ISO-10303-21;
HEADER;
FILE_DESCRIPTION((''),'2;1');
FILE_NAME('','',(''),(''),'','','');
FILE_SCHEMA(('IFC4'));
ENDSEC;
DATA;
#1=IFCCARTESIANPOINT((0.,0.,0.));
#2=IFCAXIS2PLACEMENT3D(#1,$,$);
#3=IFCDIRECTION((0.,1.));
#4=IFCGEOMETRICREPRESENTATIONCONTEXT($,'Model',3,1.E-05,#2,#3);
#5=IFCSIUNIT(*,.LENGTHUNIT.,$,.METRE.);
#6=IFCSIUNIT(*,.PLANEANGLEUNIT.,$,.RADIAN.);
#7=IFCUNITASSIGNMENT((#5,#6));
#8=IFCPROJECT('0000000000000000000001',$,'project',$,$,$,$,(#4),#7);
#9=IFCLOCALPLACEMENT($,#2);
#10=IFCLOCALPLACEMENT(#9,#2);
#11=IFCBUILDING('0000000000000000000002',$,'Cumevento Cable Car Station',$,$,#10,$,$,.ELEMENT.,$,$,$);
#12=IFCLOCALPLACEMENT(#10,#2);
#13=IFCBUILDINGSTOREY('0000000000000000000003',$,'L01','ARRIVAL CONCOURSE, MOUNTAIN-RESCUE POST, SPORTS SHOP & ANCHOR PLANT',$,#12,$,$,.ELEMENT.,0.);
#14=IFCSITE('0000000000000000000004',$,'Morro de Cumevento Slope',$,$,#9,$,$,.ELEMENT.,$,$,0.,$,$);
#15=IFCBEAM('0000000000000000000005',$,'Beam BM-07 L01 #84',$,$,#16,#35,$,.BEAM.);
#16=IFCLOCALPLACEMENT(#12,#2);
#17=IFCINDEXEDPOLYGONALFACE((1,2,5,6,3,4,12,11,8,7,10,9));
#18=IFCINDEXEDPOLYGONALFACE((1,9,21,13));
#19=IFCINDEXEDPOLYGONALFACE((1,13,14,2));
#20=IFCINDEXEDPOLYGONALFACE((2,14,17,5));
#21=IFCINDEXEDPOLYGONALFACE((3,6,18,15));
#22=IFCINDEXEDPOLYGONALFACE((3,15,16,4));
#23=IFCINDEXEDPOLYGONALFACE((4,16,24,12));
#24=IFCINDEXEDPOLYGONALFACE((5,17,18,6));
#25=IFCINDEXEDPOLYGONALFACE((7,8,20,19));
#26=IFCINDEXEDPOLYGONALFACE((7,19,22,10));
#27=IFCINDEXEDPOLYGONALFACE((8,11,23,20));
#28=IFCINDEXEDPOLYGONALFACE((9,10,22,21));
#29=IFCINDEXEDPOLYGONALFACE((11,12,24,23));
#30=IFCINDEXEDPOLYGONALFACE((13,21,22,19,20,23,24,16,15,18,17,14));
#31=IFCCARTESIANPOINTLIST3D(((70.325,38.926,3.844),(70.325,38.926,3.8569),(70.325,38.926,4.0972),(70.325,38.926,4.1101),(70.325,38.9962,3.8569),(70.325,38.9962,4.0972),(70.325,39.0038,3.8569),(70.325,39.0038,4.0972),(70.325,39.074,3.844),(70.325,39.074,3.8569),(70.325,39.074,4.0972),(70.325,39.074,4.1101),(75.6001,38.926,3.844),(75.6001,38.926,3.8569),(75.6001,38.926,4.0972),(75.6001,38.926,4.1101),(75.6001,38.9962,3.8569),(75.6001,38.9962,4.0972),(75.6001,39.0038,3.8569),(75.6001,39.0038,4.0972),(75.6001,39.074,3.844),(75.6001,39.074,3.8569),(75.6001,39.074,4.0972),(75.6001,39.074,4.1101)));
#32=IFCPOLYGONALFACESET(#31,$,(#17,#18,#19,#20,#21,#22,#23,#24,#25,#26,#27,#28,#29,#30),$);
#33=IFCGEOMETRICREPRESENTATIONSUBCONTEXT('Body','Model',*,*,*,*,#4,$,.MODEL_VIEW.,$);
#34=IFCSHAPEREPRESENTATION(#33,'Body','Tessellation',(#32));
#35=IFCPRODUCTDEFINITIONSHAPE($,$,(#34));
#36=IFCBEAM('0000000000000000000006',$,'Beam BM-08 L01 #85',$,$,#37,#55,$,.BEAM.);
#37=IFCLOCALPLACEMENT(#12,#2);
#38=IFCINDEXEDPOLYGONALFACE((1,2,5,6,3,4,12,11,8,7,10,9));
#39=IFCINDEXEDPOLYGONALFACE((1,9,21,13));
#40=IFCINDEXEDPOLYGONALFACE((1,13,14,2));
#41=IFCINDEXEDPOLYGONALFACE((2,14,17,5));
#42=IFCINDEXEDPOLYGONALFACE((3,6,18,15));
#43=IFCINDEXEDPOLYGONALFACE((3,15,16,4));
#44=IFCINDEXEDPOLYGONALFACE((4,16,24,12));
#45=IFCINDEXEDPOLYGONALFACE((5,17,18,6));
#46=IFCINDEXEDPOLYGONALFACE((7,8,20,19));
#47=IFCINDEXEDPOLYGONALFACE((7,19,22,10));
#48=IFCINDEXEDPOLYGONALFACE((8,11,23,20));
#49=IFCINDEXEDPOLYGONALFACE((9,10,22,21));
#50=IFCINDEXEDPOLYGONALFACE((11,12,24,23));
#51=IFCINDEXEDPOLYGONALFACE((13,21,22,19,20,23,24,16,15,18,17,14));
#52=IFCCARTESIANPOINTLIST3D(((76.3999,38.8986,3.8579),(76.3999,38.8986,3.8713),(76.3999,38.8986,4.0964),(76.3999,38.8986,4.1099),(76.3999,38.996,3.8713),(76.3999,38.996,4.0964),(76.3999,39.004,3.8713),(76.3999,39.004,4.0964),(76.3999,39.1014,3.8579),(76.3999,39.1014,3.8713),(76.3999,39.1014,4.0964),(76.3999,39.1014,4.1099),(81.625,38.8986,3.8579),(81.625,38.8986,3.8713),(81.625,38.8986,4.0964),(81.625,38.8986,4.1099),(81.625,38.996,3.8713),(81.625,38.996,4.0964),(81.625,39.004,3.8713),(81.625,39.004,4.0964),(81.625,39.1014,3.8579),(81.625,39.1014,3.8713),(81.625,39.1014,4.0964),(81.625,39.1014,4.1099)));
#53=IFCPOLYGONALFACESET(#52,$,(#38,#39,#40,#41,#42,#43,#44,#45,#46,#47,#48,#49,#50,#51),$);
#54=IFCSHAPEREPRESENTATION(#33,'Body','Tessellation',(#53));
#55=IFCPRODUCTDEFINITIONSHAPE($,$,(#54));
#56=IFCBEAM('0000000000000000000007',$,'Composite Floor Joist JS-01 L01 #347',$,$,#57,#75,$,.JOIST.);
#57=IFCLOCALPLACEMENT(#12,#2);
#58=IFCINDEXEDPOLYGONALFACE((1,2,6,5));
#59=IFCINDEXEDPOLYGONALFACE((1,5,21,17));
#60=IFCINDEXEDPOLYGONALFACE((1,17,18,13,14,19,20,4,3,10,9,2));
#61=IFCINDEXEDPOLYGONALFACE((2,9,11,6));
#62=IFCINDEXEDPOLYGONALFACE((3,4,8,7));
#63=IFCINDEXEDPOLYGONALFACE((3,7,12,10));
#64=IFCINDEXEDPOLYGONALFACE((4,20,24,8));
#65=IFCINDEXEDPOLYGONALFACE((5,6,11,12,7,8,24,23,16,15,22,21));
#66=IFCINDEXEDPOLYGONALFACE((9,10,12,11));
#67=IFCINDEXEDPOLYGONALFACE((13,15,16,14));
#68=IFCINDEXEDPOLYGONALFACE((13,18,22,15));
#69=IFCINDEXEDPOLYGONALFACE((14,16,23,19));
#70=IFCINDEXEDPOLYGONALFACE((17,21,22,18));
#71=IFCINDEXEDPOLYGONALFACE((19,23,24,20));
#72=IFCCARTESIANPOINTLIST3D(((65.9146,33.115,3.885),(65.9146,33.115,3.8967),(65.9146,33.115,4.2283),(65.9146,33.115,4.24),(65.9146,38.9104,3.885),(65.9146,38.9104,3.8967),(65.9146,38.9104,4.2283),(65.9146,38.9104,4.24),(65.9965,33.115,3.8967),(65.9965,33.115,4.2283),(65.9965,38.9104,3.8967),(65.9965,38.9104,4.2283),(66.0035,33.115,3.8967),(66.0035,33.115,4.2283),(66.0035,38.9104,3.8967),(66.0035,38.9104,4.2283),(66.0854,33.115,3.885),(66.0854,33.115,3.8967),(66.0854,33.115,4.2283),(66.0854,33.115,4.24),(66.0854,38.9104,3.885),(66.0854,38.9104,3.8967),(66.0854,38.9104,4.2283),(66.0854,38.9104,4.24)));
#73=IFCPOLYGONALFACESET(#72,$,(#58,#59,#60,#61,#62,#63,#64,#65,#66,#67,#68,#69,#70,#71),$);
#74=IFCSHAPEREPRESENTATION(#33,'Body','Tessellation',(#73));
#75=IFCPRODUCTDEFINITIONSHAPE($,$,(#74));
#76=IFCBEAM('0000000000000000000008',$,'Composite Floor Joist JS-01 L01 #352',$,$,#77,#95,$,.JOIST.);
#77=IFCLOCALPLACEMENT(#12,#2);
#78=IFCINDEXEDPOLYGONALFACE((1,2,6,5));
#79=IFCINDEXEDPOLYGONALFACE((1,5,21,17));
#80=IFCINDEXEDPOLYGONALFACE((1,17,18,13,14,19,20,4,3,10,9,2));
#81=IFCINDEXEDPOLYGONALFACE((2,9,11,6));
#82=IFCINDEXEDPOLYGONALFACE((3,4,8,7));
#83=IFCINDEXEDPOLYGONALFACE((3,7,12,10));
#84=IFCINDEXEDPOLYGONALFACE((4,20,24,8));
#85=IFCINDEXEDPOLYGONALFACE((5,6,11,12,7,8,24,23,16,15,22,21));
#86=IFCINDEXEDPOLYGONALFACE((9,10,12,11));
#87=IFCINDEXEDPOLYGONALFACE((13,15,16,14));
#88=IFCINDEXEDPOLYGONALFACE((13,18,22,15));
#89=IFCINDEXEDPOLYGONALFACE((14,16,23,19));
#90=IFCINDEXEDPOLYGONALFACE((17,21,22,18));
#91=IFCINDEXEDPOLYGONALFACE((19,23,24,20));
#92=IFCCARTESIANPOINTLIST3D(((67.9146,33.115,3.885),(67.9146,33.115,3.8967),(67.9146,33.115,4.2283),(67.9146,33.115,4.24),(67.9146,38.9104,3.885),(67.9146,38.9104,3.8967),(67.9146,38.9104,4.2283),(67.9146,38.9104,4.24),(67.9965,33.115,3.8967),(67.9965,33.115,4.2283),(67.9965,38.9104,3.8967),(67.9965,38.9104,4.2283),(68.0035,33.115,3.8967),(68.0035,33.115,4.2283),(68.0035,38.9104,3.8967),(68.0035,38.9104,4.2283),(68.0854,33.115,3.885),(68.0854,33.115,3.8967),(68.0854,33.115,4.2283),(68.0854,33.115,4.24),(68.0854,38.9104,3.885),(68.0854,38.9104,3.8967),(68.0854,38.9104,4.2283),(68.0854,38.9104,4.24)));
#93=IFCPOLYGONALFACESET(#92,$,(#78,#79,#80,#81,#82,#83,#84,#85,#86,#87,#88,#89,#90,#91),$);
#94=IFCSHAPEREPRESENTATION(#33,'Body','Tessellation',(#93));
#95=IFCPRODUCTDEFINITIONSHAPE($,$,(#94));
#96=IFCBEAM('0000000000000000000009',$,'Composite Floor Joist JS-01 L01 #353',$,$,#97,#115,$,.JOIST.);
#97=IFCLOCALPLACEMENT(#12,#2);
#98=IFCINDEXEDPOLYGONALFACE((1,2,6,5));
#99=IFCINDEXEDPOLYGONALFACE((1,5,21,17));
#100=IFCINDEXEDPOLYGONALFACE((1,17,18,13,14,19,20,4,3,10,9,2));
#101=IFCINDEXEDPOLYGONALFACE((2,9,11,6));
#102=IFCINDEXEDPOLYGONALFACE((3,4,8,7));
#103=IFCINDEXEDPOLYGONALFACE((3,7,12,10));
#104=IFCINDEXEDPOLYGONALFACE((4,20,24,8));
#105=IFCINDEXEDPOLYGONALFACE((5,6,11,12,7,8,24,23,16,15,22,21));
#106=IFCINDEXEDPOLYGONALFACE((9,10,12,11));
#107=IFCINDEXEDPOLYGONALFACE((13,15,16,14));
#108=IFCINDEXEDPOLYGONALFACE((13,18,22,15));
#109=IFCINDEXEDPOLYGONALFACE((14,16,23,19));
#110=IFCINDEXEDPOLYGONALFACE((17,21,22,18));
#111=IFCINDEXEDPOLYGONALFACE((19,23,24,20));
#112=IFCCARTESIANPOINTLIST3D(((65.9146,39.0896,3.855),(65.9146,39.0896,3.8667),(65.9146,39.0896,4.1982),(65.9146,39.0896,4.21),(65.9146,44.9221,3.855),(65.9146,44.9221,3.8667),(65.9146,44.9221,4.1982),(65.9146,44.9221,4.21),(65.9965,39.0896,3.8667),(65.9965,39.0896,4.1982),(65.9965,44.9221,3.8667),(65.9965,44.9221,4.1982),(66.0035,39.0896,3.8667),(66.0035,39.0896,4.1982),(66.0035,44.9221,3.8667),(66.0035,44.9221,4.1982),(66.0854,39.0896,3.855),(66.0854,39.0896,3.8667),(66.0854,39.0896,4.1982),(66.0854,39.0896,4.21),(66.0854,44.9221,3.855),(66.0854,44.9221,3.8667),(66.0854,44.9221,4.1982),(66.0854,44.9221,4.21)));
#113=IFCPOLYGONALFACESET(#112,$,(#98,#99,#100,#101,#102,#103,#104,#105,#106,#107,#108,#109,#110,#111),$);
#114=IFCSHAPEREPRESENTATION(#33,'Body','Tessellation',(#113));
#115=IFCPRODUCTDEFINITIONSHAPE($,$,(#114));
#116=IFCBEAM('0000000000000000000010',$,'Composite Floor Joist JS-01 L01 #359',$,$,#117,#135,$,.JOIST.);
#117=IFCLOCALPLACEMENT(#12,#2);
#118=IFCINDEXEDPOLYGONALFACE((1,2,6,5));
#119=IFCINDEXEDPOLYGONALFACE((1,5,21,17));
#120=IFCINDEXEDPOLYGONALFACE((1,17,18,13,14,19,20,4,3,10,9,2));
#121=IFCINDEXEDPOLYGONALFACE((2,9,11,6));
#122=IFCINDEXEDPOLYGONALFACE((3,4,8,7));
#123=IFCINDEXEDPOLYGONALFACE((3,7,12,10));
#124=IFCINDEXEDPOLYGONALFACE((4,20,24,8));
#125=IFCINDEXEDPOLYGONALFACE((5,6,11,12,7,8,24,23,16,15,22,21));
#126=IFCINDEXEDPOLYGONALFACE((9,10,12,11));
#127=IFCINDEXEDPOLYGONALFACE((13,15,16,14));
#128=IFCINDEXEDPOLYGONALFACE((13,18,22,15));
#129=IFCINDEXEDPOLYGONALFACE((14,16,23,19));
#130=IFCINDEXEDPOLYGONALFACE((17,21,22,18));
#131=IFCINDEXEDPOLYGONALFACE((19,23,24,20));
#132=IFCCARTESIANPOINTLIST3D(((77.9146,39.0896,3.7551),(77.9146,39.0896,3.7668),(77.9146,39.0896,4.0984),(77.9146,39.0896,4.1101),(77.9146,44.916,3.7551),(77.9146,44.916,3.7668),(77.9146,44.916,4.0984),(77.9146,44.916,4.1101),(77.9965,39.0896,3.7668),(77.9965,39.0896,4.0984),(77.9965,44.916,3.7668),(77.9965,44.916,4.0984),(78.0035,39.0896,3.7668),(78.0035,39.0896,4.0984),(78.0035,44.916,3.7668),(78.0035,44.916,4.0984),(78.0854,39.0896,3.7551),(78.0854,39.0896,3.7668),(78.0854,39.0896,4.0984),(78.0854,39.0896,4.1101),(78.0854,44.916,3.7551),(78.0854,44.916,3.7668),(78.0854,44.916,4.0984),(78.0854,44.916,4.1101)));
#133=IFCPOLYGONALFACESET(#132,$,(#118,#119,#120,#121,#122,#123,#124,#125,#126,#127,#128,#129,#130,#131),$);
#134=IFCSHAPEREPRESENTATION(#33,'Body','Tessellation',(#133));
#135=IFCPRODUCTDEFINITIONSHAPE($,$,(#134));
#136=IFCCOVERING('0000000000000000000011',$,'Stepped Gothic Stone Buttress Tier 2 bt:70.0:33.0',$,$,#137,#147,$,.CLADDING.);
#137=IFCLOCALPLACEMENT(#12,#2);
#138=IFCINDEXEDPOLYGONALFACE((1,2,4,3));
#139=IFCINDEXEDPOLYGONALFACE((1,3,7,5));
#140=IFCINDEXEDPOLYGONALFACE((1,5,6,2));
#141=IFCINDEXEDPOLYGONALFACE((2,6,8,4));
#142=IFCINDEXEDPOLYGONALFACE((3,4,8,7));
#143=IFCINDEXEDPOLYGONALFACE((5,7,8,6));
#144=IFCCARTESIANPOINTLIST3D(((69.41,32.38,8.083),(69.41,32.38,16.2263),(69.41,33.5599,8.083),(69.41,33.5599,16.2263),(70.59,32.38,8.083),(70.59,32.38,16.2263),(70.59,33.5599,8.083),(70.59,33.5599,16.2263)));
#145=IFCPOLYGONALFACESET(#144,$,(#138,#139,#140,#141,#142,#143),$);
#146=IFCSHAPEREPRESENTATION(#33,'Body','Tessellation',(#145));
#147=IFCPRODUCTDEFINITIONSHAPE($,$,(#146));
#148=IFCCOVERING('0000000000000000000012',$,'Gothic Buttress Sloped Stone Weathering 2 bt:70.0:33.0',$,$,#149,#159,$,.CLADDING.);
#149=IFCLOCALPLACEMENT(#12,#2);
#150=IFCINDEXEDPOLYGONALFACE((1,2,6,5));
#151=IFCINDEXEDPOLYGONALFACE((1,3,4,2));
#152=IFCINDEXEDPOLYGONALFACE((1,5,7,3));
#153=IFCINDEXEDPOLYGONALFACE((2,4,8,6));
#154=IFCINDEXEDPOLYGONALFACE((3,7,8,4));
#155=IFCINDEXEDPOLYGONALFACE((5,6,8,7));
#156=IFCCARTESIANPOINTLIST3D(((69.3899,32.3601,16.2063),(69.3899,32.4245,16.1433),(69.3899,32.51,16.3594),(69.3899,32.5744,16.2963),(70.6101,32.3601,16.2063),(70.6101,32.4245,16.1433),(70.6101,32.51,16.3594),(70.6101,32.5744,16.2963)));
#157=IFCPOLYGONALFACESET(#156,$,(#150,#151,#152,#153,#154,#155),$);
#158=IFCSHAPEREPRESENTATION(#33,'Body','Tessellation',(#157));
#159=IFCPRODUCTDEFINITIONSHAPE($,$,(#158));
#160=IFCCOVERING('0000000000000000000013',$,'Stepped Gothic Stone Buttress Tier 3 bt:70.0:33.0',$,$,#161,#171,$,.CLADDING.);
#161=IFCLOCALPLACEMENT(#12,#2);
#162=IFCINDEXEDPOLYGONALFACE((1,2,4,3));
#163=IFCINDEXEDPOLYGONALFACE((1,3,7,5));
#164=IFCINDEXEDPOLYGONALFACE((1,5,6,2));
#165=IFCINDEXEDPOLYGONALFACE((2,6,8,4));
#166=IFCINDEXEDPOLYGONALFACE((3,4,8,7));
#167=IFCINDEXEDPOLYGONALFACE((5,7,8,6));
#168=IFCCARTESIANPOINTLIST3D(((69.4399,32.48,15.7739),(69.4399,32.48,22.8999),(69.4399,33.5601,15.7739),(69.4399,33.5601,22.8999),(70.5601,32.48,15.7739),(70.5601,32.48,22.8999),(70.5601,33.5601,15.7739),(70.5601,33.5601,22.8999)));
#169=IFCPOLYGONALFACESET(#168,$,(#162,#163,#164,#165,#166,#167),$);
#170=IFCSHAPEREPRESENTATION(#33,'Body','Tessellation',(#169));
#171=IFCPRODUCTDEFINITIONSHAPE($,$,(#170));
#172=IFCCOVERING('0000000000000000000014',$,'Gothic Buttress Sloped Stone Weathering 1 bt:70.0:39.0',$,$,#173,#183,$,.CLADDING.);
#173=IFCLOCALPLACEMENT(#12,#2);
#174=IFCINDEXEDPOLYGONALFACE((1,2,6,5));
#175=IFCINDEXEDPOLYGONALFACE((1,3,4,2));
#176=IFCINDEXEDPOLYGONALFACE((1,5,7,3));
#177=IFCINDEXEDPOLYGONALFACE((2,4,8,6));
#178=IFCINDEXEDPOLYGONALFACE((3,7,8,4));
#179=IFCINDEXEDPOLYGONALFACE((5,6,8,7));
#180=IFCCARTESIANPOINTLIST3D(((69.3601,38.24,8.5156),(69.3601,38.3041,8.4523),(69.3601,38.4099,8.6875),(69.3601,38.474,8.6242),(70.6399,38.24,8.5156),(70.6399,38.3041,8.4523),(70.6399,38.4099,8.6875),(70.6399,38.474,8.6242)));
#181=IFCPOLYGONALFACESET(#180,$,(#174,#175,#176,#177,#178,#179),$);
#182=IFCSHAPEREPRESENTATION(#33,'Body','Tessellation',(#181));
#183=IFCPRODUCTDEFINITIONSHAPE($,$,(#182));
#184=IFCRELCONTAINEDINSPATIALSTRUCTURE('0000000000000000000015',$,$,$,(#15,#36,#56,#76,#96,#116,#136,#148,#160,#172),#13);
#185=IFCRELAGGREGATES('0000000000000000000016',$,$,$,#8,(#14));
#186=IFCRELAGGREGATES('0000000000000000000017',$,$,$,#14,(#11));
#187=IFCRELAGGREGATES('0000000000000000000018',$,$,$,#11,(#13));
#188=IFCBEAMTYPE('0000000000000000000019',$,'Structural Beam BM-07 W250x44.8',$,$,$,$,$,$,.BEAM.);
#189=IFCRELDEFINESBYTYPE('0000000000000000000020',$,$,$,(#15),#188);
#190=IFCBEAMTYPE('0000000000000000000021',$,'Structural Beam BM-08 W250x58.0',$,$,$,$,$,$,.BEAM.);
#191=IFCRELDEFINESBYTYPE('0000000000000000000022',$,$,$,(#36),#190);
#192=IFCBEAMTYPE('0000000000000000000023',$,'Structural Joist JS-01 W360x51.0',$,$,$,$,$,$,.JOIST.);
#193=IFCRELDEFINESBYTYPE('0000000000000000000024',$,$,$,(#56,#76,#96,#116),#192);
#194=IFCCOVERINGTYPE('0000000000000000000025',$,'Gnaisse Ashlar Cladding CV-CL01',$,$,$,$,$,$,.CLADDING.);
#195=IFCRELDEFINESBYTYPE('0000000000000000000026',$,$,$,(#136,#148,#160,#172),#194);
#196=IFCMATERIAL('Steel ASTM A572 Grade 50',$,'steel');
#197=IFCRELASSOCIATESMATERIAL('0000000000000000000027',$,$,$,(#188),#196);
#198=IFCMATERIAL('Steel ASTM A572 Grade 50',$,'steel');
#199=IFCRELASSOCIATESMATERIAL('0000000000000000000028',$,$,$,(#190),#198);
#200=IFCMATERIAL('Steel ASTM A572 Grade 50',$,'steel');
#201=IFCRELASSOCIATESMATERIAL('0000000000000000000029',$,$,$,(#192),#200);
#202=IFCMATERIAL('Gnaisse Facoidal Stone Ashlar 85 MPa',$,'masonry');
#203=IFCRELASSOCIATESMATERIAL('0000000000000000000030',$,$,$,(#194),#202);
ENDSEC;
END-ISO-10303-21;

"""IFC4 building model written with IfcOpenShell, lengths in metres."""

from ifc_helpers import new_model, si_unit, direction, frame, origin, origin_2d, place, context, subcontext, project, spatial, polyline, rectangle, i_section, outline, extrude, material, material_profile, profile_set, type_object, element, save


model = new_model("IFC4")

# Units and contexts
model_context = context("Model", 3, precision=1e-05, world=origin(), true_north=direction((0.0, 1.0)))
body_context = subcontext(model_context, "Body", "Model", "MODEL_VIEW")
ifc_project = project(units=[si_unit("LENGTHUNIT", "METRE"), si_unit("PLANEANGLEUNIT", "RADIAN")], contexts=[model_context])

# Site, building, storey
site_placement = place(None, origin())
site = spatial("IfcSite", under=ifc_project, at=site_placement, Name="Morro de Cumevento Slope", CompositionType="ELEMENT", RefElevation=0.0)
building_placement = place(site_placement, origin())
building = spatial("IfcBuilding", under=site, at=building_placement, Name="Cumevento Cable Car Station", CompositionType="ELEMENT")
storey_placement = place(building_placement, origin())
storey = spatial("IfcBuildingStorey", under=building, at=storey_placement, Name="L01", Description="ARRIVAL CONCOURSE, MOUNTAIN-RESCUE POST, SPORTS SHOP & ANCHOR PLANT", CompositionType="ELEMENT", Elevation=0.0)

# Beams
ifc_material_1 = material(Name="Steel ASTM A572 Grade 50", Category="steel")
ifc_material_profile_1 = material_profile(ifc_material_1, i_section(OverallWidth=0.1479, OverallDepth=0.2661, WebThickness=0.0076, FlangeThickness=0.0129, at=origin_2d()), Name="W250x44.8")
ifc_profile_set_1 = profile_set([ifc_material_profile_1], Name="Steel ASTM A572 Grade 50")
beam_type_1 = type_object("IfcBeamType", Name="Structural Beam BM-07 W250x44.8", PredefinedType="BEAM", material=ifc_profile_set_1)
beam_1_placement = place(storey_placement, frame((70.325, 39.0, 3.9771), z_axis=(1.0, 0.0, 0.0), x_axis=(0.0, 1.0, 0.0)))
element("IfcBeam", 1, at=beam_1_placement, inside=storey, type_object=beam_type_1, Name="Beam BM-07 L01 #84", PredefinedType="BEAM", context=body_context, shape_type="SweptSolid", body=[
    extrude(i_section(OverallWidth=0.1479, OverallDepth=0.2661, WebThickness=0.0076, FlangeThickness=0.0129, at=origin_2d()), origin(), (0.0, 0.0, 1.0), 5.2751),
])
ifc_material_2 = material(Name="Steel ASTM A572 Grade 50", Category="steel")
ifc_material_profile_2 = material_profile(ifc_material_2, i_section(OverallWidth=0.2029, OverallDepth=0.252, WebThickness=0.0081, FlangeThickness=0.0134, at=origin_2d()), Name="W250x58.0")
ifc_profile_set_2 = profile_set([ifc_material_profile_2], Name="Steel ASTM A572 Grade 50")
beam_type_2 = type_object("IfcBeamType", Name="Structural Beam BM-08 W250x58.0", PredefinedType="BEAM", material=ifc_profile_set_2)
beam_2_placement = place(storey_placement, frame((76.3999, 39.0, 3.9839), z_axis=(1.0, 0.0, 0.0), x_axis=(0.0, 1.0, 0.0)))
element("IfcBeam", 2, at=beam_2_placement, inside=storey, type_object=beam_type_2, Name="Beam BM-08 L01 #85", PredefinedType="BEAM", context=body_context, shape_type="SweptSolid", body=[
    extrude(i_section(OverallWidth=0.2029, OverallDepth=0.252, WebThickness=0.0081, FlangeThickness=0.0134, at=origin_2d()), origin(), (0.0, 0.0, 1.0), 5.2251),
])
ifc_material_3 = material(Name="Steel ASTM A572 Grade 50", Category="steel")
ifc_material_profile_3 = material_profile(ifc_material_3, i_section(OverallWidth=0.1709, OverallDepth=0.355, WebThickness=0.0071, FlangeThickness=0.0117, at=origin_2d()), Name="W360x51.0")
ifc_profile_set_3 = profile_set([ifc_material_profile_3], Name="Steel ASTM A572 Grade 50")
beam_type_3 = type_object("IfcBeamType", Name="Structural Joist JS-01 W360x51.0", PredefinedType="JOIST", material=ifc_profile_set_3)
for number, where, z_axis, x_axis, name in (
    (3, (66.0, 33.115, 4.0625), (0.0, 1.0, 0.0), (-1.0, 0.0, 0.0), "Composite Floor Joist JS-01 L01 #347"),
    (4, (68.0, 33.115, 4.0625), (0.0, 1.0, 0.0), (-1.0, 0.0, 0.0), "Composite Floor Joist JS-01 L01 #352"),
):
    element("IfcBeam", number, at=place(storey_placement, frame(where, z_axis=z_axis, x_axis=x_axis)), inside=storey, type_object=beam_type_3, Name=name, PredefinedType="JOIST", context=body_context, shape_type="SweptSolid", body=[
        extrude(i_section(OverallWidth=0.1709, OverallDepth=0.355, WebThickness=0.0071, FlangeThickness=0.0117, at=origin_2d()), origin(), (0.0, 0.0, 1.0), 5.7954),
    ])
beam_3_placement = place(storey_placement, frame((66.0, 39.0896, 4.0325), z_axis=(0.0, 1.0, 0.0), x_axis=(-1.0, 0.0, 0.0)))
element("IfcBeam", 5, at=beam_3_placement, inside=storey, type_object=beam_type_3, Name="Composite Floor Joist JS-01 L01 #353", PredefinedType="JOIST", context=body_context, shape_type="SweptSolid", body=[
    extrude(i_section(OverallWidth=0.1709, OverallDepth=0.355, WebThickness=0.0071, FlangeThickness=0.0117, at=origin_2d()), origin(), (0.0, 0.0, 1.0), 5.8325),
])
beam_4_placement = place(storey_placement, frame((78.0, 39.0896, 3.9326), z_axis=(0.0, 1.0, 0.0), x_axis=(-1.0, 0.0, 0.0)))
element("IfcBeam", 6, at=beam_4_placement, inside=storey, type_object=beam_type_3, Name="Composite Floor Joist JS-01 L01 #359", PredefinedType="JOIST", context=body_context, shape_type="SweptSolid", body=[
    extrude(i_section(OverallWidth=0.1709, OverallDepth=0.355, WebThickness=0.0071, FlangeThickness=0.0117, at=origin_2d()), origin(), (0.0, 0.0, 1.0), 5.8264),
])

# Coverings
ifc_material_4 = material(Name="Gnaisse Facoidal Stone Ashlar 85 MPa", Category="masonry")
covering_type = type_object("IfcCoveringType", Name="Gnaisse Ashlar Cladding CV-CL01", PredefinedType="CLADDING", material=ifc_material_4)
covering_1_placement = place(storey_placement, frame((70.0, 32.97, 8.083), z_axis=(0.0, 0.0, 1.0), x_axis=(1.0, 0.0, 0.0)))
element("IfcCovering", 7, at=covering_1_placement, inside=storey, type_object=covering_type, Name="Stepped Gothic Stone Buttress Tier 2 bt:70.0:33.0", PredefinedType="CLADDING", context=body_context, shape_type="SweptSolid", body=[
    extrude(rectangle(XDim=1.1799, YDim=1.1799, at=origin_2d()), origin(), (0.0, 0.0, 1.0), 8.1433),
])
covering_2_placement = place(storey_placement, frame((69.3899, 32.3601, 16.2063), z_axis=(0.0, -0.714475, 0.699661), x_axis=(1.0, 0.0, 0.0)))
element("IfcCovering", 8, at=covering_2_placement, inside=storey, type_object=covering_type, Name="Gothic Buttress Sloped Stone Weathering 2 bt:70.0:33.0", PredefinedType="CLADDING", context=body_context, shape_type="SweptSolid", body=[
    extrude(outline(polyline([(0.0, 0.0), (1.2202, 0.0), (1.2202, 0.2142), (0.0, 0.2142), (0.0, 0.0)])), origin(), (0.0, 0.0, -1.0), 0.0901),
])
covering_3_placement = place(storey_placement, frame((70.0, 33.02, 15.7739), z_axis=(0.0, 0.0, 1.0), x_axis=(1.0, 0.0, 0.0)))
element("IfcCovering", 9, at=covering_3_placement, inside=storey, type_object=covering_type, Name="Stepped Gothic Stone Buttress Tier 3 bt:70.0:33.0", PredefinedType="CLADDING", context=body_context, shape_type="SweptSolid", body=[
    extrude(rectangle(XDim=1.1201, YDim=1.0801, at=origin_2d()), origin(), (0.0, 0.0, 1.0), 7.126),
])
covering_4_placement = place(storey_placement, frame((69.3601, 38.24, 8.5156), z_axis=(0.0, -0.711136, 0.703055), x_axis=(1.0, 0.0, 0.0)))
element("IfcCovering", 10, at=covering_4_placement, inside=storey, type_object=covering_type, Name="Gothic Buttress Sloped Stone Weathering 1 bt:70.0:39.0", PredefinedType="CLADDING", context=body_context, shape_type="SweptSolid", body=[
    extrude(outline(polyline([(0.0, 0.0), (1.2798, 0.0), (1.2798, 0.2417), (0.0, 0.2417), (0.0, 0.0)])), origin(), (0.0, 0.0, -1.0), 0.0901),
])

save(model, "model.ifc")
